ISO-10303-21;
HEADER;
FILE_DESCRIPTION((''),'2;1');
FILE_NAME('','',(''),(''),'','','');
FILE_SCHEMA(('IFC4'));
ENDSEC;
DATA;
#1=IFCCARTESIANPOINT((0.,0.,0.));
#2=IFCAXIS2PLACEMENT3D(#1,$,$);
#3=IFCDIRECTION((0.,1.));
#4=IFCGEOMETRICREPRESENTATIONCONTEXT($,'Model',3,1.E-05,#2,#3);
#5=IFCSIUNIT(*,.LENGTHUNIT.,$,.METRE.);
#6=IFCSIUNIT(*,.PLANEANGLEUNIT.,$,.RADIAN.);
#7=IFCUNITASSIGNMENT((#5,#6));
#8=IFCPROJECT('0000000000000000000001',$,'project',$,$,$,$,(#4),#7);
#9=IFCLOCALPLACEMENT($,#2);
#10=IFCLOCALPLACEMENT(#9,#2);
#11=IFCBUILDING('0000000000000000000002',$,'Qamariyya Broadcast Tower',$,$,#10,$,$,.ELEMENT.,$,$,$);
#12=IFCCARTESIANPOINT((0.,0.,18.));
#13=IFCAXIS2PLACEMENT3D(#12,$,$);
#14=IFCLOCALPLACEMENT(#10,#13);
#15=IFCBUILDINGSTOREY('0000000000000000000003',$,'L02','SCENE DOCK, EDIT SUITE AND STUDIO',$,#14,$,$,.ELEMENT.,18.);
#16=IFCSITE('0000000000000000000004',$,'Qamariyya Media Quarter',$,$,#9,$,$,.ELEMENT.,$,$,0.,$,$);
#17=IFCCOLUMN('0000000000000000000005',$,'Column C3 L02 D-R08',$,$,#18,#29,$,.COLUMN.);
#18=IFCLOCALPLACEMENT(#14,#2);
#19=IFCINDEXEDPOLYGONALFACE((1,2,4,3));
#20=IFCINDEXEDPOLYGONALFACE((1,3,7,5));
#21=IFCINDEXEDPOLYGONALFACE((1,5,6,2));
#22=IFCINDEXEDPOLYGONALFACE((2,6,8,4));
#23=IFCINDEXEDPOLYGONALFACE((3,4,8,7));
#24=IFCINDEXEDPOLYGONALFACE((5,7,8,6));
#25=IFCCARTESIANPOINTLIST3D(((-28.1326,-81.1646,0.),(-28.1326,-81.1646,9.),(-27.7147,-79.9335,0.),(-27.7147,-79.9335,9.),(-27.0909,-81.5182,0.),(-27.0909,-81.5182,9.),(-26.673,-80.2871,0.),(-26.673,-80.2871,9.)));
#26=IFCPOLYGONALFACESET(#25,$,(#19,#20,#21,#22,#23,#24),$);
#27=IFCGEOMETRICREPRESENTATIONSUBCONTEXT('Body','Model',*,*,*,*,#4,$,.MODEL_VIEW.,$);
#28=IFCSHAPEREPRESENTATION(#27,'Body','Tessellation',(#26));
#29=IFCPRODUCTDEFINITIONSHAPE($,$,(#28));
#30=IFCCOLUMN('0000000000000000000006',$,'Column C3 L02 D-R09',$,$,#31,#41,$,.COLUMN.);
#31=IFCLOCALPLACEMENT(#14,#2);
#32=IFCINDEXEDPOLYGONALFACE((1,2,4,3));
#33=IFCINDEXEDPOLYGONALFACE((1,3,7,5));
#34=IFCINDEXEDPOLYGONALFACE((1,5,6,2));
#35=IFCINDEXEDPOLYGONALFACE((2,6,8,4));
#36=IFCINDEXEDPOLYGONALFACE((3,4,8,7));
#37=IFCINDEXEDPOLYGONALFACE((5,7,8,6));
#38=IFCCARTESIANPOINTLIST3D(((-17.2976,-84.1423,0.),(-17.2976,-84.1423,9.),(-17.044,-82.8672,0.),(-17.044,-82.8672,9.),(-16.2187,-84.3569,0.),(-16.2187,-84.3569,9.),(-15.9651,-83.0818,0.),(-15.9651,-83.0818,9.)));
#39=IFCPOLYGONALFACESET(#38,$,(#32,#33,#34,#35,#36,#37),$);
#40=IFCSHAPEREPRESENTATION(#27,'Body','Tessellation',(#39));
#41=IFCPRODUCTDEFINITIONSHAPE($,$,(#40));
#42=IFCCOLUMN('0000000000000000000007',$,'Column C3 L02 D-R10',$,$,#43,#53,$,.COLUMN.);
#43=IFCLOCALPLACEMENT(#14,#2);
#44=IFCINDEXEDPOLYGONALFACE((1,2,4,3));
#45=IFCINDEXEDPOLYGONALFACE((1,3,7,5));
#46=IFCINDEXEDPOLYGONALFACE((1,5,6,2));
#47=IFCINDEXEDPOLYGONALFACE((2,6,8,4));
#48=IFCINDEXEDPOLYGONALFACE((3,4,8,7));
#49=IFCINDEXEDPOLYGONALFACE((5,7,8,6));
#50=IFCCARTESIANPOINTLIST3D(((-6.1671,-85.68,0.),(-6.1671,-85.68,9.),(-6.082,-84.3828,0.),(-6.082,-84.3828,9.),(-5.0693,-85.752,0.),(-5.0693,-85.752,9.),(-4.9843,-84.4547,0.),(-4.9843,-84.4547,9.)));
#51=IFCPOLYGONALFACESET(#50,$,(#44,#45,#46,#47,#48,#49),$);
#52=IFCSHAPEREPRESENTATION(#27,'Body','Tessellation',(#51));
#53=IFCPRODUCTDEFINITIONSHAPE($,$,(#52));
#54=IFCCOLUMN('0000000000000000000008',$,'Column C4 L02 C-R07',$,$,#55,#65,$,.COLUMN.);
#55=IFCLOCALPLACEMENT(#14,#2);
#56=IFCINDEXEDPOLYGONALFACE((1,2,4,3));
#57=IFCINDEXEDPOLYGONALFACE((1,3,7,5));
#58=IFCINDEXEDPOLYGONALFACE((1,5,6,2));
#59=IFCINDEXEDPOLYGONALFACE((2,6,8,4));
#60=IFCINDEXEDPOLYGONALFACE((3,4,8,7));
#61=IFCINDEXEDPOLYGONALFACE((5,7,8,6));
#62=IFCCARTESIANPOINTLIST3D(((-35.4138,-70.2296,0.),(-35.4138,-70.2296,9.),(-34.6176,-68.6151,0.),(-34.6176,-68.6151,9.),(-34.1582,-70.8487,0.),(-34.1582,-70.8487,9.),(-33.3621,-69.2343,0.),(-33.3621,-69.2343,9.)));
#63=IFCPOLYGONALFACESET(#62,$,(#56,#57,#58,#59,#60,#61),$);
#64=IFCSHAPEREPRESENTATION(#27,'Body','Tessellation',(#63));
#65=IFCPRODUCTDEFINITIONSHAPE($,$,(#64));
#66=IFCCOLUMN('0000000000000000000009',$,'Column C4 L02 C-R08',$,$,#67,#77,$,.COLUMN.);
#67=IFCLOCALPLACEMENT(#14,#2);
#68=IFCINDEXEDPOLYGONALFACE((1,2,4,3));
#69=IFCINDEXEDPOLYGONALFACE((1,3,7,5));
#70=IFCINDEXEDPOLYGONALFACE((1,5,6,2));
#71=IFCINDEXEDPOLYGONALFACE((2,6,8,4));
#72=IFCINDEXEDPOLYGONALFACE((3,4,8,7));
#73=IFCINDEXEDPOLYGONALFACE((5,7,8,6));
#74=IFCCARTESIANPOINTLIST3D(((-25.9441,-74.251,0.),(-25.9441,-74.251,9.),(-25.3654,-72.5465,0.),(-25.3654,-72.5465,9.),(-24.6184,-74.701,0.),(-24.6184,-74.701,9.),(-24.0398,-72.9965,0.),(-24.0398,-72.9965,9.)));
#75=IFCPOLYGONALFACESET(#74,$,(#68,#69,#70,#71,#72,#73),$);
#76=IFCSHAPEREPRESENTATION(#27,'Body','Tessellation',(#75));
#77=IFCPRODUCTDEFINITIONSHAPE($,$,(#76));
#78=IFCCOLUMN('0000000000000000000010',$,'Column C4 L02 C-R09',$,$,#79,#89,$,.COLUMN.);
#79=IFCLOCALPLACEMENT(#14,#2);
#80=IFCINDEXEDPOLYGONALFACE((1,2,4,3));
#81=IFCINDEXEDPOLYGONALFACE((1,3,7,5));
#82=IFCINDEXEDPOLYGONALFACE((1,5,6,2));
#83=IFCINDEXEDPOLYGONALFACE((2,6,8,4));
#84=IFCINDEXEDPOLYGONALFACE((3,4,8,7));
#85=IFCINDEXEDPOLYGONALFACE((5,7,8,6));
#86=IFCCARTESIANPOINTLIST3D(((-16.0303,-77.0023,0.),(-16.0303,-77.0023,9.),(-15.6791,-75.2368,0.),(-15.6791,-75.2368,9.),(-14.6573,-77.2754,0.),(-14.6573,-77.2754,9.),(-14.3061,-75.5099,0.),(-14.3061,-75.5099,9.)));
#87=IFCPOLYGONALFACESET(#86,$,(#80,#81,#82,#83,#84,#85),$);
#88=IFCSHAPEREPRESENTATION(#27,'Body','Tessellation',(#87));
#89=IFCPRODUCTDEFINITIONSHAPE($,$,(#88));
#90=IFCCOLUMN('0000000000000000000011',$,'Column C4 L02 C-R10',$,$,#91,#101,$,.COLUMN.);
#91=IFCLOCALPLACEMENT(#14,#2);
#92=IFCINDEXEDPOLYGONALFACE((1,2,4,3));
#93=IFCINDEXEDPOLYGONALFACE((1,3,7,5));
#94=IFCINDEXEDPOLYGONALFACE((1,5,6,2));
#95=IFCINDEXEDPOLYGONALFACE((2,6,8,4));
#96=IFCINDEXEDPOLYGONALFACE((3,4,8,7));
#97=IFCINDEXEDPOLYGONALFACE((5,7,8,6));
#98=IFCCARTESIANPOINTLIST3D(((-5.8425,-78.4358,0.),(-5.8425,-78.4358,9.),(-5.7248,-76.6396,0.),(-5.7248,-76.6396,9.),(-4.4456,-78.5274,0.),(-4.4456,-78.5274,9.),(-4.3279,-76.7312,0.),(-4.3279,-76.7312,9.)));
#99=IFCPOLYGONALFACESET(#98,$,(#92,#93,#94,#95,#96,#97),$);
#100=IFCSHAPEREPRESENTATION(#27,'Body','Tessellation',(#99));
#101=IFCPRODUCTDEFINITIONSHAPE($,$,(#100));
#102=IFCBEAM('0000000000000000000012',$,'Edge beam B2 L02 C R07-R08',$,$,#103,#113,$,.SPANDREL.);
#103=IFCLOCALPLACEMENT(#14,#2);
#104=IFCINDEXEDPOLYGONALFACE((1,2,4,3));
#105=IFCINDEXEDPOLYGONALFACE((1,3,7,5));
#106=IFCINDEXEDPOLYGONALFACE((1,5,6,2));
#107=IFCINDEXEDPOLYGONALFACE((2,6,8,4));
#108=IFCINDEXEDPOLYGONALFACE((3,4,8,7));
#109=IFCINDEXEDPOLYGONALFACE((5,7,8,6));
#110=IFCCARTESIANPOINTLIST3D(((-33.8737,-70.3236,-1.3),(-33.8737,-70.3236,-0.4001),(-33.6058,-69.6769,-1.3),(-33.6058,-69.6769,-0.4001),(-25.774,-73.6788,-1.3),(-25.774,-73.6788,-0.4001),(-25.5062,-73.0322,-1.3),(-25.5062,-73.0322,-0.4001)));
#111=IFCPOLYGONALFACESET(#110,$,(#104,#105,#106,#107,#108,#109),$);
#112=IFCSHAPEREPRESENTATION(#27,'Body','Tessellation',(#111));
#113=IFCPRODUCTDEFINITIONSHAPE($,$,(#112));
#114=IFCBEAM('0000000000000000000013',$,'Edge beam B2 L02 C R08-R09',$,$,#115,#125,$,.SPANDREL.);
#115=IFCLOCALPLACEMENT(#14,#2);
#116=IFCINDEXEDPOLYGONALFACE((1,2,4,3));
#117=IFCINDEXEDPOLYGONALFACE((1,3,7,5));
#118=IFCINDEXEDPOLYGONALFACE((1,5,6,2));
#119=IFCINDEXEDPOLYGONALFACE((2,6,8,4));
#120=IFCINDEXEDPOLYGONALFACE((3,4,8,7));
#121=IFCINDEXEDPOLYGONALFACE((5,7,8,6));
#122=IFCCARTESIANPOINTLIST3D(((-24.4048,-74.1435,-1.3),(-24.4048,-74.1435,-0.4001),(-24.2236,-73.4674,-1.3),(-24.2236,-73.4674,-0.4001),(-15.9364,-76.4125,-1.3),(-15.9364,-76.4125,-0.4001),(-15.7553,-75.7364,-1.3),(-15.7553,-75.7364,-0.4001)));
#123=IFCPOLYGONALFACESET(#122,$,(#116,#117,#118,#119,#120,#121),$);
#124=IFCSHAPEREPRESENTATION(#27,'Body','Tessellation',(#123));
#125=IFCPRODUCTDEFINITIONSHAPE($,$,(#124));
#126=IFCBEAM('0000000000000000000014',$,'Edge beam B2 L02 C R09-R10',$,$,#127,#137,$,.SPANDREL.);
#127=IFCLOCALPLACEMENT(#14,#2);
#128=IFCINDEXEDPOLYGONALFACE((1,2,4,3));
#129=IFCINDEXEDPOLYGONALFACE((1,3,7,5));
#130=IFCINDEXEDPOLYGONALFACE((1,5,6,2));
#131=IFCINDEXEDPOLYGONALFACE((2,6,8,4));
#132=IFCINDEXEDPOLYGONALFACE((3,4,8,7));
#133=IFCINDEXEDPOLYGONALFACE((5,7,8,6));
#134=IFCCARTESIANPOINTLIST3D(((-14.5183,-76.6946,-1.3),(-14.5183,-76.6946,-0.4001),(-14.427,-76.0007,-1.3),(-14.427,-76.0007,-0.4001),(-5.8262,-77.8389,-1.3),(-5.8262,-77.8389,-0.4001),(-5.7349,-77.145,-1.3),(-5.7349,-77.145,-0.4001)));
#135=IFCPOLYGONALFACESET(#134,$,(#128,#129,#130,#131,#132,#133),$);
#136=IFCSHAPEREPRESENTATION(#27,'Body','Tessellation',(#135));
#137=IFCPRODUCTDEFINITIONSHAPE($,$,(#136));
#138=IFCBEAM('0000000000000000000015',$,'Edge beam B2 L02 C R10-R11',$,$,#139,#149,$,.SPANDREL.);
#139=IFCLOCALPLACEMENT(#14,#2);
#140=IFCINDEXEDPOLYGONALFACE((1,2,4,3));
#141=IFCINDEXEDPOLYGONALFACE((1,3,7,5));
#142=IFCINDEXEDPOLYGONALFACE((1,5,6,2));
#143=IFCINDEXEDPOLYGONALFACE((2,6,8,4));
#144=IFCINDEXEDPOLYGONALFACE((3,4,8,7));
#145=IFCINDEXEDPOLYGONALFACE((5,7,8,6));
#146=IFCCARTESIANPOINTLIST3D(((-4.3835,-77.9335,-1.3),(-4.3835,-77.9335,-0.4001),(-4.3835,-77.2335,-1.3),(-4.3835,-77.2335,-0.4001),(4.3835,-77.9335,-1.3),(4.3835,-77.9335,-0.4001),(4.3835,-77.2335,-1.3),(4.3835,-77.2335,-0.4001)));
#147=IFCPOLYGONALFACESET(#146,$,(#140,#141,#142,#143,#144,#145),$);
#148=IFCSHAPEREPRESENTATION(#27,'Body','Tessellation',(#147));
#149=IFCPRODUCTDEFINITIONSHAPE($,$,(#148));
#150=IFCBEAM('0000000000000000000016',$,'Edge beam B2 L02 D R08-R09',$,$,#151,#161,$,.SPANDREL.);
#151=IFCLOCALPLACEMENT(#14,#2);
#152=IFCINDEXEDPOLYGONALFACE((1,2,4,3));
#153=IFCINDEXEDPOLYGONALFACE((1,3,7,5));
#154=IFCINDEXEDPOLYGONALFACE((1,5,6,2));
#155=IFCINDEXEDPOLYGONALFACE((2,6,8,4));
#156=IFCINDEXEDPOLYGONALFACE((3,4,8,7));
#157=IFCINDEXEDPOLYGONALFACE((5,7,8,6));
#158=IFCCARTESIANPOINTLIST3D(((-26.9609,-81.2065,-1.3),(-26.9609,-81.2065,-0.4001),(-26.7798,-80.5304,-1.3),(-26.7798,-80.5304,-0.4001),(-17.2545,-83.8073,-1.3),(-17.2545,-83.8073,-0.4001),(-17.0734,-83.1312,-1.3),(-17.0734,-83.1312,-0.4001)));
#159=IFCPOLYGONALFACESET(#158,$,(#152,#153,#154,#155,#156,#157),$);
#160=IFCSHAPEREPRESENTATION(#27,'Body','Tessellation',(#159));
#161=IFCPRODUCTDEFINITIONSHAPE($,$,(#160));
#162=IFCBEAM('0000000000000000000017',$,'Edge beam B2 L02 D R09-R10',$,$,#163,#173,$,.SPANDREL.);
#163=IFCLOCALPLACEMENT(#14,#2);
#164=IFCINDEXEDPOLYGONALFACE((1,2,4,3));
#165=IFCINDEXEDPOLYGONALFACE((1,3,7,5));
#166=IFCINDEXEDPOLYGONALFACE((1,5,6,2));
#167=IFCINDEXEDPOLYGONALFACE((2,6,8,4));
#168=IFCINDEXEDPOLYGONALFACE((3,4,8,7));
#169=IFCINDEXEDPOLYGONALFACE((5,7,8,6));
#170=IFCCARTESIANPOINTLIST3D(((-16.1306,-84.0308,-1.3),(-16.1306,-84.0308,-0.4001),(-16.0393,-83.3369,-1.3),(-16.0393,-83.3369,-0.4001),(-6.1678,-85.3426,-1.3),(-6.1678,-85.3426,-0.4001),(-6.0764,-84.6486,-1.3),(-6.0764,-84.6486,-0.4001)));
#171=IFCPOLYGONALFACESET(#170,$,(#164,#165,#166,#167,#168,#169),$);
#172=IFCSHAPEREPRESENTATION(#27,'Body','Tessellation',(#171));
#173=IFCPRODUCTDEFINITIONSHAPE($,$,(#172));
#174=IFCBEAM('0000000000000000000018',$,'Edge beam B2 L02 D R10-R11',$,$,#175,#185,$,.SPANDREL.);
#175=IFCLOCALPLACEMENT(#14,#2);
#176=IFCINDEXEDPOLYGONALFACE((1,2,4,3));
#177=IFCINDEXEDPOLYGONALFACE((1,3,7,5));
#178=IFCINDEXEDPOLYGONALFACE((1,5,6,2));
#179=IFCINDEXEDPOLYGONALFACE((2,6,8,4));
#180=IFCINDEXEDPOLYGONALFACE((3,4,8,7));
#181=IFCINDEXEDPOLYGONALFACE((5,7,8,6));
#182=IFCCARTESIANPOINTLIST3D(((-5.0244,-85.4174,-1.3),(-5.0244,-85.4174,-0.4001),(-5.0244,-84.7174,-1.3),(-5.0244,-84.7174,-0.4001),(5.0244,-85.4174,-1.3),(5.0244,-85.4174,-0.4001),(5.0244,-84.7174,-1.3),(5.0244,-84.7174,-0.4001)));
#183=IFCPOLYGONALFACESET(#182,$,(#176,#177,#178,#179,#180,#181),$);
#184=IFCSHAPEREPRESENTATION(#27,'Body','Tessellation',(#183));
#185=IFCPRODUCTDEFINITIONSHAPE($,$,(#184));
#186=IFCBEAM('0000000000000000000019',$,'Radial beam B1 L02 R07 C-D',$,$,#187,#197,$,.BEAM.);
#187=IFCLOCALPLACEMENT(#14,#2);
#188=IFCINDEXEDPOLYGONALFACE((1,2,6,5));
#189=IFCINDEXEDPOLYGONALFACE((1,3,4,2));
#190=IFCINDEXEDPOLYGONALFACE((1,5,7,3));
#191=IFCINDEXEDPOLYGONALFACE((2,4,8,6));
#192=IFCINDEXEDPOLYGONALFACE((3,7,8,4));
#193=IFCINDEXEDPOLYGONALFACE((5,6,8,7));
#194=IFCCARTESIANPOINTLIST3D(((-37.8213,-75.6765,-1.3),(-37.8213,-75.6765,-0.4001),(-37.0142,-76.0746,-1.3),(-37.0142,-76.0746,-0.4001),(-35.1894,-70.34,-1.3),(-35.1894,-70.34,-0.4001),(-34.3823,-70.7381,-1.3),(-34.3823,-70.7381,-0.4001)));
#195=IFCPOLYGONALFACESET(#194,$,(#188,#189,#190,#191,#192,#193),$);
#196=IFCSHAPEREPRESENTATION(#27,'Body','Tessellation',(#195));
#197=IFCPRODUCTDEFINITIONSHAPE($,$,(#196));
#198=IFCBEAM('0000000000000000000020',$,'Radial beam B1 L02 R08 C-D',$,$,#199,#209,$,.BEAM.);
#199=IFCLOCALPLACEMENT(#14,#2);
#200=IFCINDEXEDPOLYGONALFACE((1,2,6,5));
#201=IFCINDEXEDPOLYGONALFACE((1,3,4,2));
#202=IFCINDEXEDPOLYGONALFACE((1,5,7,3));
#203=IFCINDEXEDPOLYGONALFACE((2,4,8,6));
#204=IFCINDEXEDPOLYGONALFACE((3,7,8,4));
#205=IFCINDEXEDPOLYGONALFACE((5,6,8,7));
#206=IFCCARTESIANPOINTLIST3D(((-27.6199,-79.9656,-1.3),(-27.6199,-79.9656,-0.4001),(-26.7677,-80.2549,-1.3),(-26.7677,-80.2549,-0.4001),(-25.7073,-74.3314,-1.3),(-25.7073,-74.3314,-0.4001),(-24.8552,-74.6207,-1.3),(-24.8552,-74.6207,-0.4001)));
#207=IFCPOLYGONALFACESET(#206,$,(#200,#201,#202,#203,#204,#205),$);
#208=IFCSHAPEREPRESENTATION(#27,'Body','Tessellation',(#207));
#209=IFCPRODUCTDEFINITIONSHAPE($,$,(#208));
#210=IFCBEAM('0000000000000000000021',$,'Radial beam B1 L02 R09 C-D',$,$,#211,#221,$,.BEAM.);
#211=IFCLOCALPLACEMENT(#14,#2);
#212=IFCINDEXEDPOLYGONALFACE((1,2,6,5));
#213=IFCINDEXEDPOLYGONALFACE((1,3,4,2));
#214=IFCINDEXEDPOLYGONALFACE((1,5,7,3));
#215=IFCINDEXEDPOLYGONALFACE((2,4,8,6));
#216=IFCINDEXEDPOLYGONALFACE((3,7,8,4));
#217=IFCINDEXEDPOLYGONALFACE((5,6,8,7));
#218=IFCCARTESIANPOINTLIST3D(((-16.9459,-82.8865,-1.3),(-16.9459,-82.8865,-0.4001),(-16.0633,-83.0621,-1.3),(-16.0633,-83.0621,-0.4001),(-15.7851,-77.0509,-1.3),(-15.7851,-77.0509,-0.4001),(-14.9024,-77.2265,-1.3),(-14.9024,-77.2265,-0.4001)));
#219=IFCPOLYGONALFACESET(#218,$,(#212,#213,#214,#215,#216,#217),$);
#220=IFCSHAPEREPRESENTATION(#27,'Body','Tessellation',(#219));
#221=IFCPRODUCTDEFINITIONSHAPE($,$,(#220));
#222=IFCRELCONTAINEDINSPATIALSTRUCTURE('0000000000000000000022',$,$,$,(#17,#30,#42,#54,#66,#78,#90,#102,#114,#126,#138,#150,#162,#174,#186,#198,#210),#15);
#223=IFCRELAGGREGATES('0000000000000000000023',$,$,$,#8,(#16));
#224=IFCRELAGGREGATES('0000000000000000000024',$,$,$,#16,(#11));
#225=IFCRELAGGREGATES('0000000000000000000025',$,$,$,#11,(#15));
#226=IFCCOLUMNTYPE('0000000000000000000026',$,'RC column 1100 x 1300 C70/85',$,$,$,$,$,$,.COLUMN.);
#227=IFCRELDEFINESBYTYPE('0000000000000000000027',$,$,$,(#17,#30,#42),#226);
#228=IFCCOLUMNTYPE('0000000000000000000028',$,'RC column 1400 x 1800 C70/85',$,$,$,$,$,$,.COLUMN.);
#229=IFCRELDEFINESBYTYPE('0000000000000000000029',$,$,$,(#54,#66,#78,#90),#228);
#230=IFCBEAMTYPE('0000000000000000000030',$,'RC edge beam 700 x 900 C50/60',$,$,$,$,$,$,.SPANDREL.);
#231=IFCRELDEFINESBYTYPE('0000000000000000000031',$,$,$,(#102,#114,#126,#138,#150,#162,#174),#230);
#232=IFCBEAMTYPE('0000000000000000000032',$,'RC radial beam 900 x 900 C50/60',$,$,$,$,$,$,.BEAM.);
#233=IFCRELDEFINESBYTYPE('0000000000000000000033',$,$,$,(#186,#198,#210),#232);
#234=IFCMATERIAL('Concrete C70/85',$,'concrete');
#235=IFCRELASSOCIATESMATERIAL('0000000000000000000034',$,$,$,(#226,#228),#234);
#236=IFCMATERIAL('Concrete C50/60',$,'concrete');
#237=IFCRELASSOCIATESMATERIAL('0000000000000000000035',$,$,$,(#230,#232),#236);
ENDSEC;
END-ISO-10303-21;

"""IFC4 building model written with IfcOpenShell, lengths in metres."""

from ifc_helpers import new_model, si_unit, direction, frame, origin, origin_2d, place, context, subcontext, project, spatial, rectangle, extrude, material, material_profile, profile_set, type_object, element, save


model = new_model("IFC4")

# Units and contexts
model_context = context("Model", 3, precision=1e-05, world=origin(), true_north=direction((0.0, 1.0)))
body_context = subcontext(model_context, "Body", "Model", "MODEL_VIEW")
ifc_project = project(units=[si_unit("LENGTHUNIT", "METRE"), si_unit("PLANEANGLEUNIT", "RADIAN")], contexts=[model_context])

# Site, building, storey
site_placement = place(None, origin())
site = spatial("IfcSite", under=ifc_project, at=site_placement, Name="Qamariyya Media Quarter", CompositionType="ELEMENT", RefElevation=0.0)
building_placement = place(site_placement, origin())
building = spatial("IfcBuilding", under=site, at=building_placement, Name="Qamariyya Broadcast Tower", CompositionType="ELEMENT")
storey_placement = place(building_placement, frame((0.0, 0.0, 18.0)))
storey = spatial("IfcBuildingStorey", under=building, at=storey_placement, Name="L02", Description="SCENE DOCK, EDIT SUITE AND STUDIO", CompositionType="ELEMENT", Elevation=18.0)

# Columns
ifc_material_1 = material(Name="Concrete C70/85", Category="concrete")
ifc_material_profile_1 = material_profile(ifc_material_1, rectangle(XDim=1.1001, YDim=1.3, at=origin_2d()))
ifc_profile_set_1 = profile_set([ifc_material_profile_1], Name="Concrete C70/85")
column_type_1 = type_object("IfcColumnType", Name="RC column 1100 x 1300 C70/85", PredefinedType="COLUMN", material=ifc_profile_set_1)
for number, where, z_axis, x_axis, name in (
    (1, (-27.4028, -80.7258, 0.0), (0.0, 0.0, 1.0), (0.94693, -0.321439, 0.0), "Column C3 L02 D-R08"),
    (2, (-16.6313, -83.6121, 0.0), (0.0, 0.0, 1.0), (0.980785, -0.19509, 0.0), "Column C3 L02 D-R09"),
    (3, (-5.5757, -85.0674, 0.0), (0.0, 0.0, 1.0), (0.997859, -0.065403, 0.0), "Column C3 L02 D-R10"),
):
    element("IfcColumn", number, at=place(storey_placement, frame(where, z_axis=z_axis, x_axis=x_axis)), inside=storey, type_object=column_type_1, Name=name, PredefinedType="COLUMN", context=body_context, shape_type="SweptSolid", body=[
        extrude(rectangle(XDim=1.1001, YDim=1.3, at=origin_2d()), origin(), (0.0, 0.0, 1.0), 9.0),
    ])
ifc_material_profile_2 = material_profile(ifc_material_1, rectangle(XDim=1.3999, YDim=1.8, at=origin_2d()))
ifc_profile_set_2 = profile_set([ifc_material_profile_2], Name="Concrete C70/85")
column_type_2 = type_object("IfcColumnType", Name="RC column 1400 x 1800 C70/85", PredefinedType="COLUMN", material=ifc_profile_set_2)
for number, where, z_axis, x_axis, name in (
    (4, (-34.3879, -69.7319, 0.0), (0.0, 0.0, 1.0), (0.896873, -0.442289, 0.0), "Column C4 L02 C-R07"),
    (5, (-24.9919, -73.6238, 0.0), (0.0, 0.0, 1.0), (0.94693, -0.321439, 0.0), "Column C4 L02 C-R08"),
    (6, (-15.1682, -76.2561, 0.0), (0.0, 0.0, 1.0), (0.980785, -0.19509, 0.0), "Column C4 L02 C-R09"),
    (7, (-5.0852, -77.5835, 0.0), (0.0, 0.0, 1.0), (0.997859, -0.065403, 0.0), "Column C4 L02 C-R10"),
):
    element("IfcColumn", number, at=place(storey_placement, frame(where, z_axis=z_axis, x_axis=x_axis)), inside=storey, type_object=column_type_2, Name=name, PredefinedType="COLUMN", context=body_context, shape_type="SweptSolid", body=[
        extrude(rectangle(XDim=1.3999, YDim=1.8, at=origin_2d()), origin(), (0.0, 0.0, 1.0), 9.0),
    ])

# Beams
ifc_material_2 = material(Name="Concrete C50/60", Category="concrete")
ifc_material_profile_3 = material_profile(ifc_material_2, rectangle(XDim=0.7, YDim=0.8999, at=origin_2d()))
ifc_profile_set_3 = profile_set([ifc_material_profile_3], Name="Concrete C50/60")
beam_type_1 = type_object("IfcBeamType", Name="RC edge beam 700 x 900 C50/60", PredefinedType="SPANDREL", material=ifc_profile_set_3)
for number, where, z_axis, x_axis, name in (
    (8, (-33.7397, -70.0002, -0.8501), (0.923869, -0.382708, 0.0), (0.382708, 0.923869, 0.0), "Edge beam B2 L02 C R07-R08"),
    (9, (-24.3142, -73.8054, -0.8501), (0.965926, -0.258817, 0.0), (0.258817, 0.965926, 0.0), "Edge beam B2 L02 C R08-R09"),
    (10, (-14.4727, -76.3477, -0.8501), (0.991446, -0.13052, 0.0), (0.13052, 0.991446, 0.0), "Edge beam B2 L02 C R09-R10"),
    (11, (-4.3835, -77.5835, -0.8501), (1.0, 0.0, 0.0), (0.0, 1.0, 0.0), "Edge beam B2 L02 C R10-R11"),
):
    element("IfcBeam", number, at=place(storey_placement, frame(where, z_axis=z_axis, x_axis=x_axis)), inside=storey, type_object=beam_type_1, Name=name, PredefinedType="SPANDREL", context=body_context, shape_type="SweptSolid", body=[
        extrude(rectangle(XDim=0.7, YDim=0.8999, at=origin_2d()), origin(), (0.0, 0.0, 1.0), 8.7671),
    ])
for number, where, z_axis, x_axis, name in (
    (12, (-26.8704, -80.8684, -0.8501), (0.965927, -0.258816, 0.0), (0.258816, 0.965927, 0.0), "Edge beam B2 L02 D R08-R09"),
    (13, (-16.085, -83.6838, -0.8501), (0.991443, -0.130539, 0.0), (0.130539, 0.991443, 0.0), "Edge beam B2 L02 D R09-R10"),
    (14, (-5.0244, -85.0674, -0.8501), (1.0, 0.0, 0.0), (0.0, 1.0, 0.0), "Edge beam B2 L02 D R10-R11"),
):
    element("IfcBeam", number, at=place(storey_placement, frame(where, z_axis=z_axis, x_axis=x_axis)), inside=storey, type_object=beam_type_1, Name=name, PredefinedType="SPANDREL", context=body_context, shape_type="SweptSolid", body=[
        extrude(rectangle(XDim=0.7, YDim=0.8999, at=origin_2d()), origin(), (0.0, 0.0, 1.0), 10.0488),
    ])
ifc_material_profile_4 = material_profile(ifc_material_2, rectangle(XDim=0.8999, YDim=0.8999, at=origin_2d()))
ifc_profile_set_4 = profile_set([ifc_material_profile_4], Name="Concrete C50/60")
beam_type_2 = type_object("IfcBeamType", Name="RC radial beam 900 x 900 C50/60", PredefinedType="BEAM", material=ifc_profile_set_4)
beam_placement = place(storey_placement, frame((-34.7859, -70.5391, -0.8501), z_axis=(-0.442316, -0.896859, 0.0), x_axis=(0.896859, -0.442316, 0.0)))
element("IfcBeam", 15, at=beam_placement, inside=storey, type_object=beam_type_2, Name="Radial beam B1 L02 R07 C-D", PredefinedType="BEAM", context=body_context, shape_type="SweptSolid", body=[
    extrude(rectangle(XDim=0.8999, YDim=0.8999, at=origin_2d()), origin(), (0.0, 0.0, 1.0), 5.9502),
])
for number, where, z_axis, x_axis, name in (
    (16, (-25.2812, -74.4761, -0.8501), (-0.321442, -0.946929, 0.0), (0.946929, -0.321442, 0.0), "Radial beam B1 L02 R08 C-D"),
    (17, (-15.3438, -77.1387, -0.8501), (-0.195106, -0.980782, 0.0), (0.980782, -0.195106, 0.0), "Radial beam B1 L02 R09 C-D"),
):
    element("IfcBeam", number, at=place(storey_placement, frame(where, z_axis=z_axis, x_axis=x_axis)), inside=storey, type_object=beam_type_2, Name=name, PredefinedType="BEAM", context=body_context, shape_type="SweptSolid", body=[
        extrude(rectangle(XDim=0.8999, YDim=0.8999, at=origin_2d()), origin(), (0.0, 0.0, 1.0), 5.95),
    ])

save(model, "model.ifc")
